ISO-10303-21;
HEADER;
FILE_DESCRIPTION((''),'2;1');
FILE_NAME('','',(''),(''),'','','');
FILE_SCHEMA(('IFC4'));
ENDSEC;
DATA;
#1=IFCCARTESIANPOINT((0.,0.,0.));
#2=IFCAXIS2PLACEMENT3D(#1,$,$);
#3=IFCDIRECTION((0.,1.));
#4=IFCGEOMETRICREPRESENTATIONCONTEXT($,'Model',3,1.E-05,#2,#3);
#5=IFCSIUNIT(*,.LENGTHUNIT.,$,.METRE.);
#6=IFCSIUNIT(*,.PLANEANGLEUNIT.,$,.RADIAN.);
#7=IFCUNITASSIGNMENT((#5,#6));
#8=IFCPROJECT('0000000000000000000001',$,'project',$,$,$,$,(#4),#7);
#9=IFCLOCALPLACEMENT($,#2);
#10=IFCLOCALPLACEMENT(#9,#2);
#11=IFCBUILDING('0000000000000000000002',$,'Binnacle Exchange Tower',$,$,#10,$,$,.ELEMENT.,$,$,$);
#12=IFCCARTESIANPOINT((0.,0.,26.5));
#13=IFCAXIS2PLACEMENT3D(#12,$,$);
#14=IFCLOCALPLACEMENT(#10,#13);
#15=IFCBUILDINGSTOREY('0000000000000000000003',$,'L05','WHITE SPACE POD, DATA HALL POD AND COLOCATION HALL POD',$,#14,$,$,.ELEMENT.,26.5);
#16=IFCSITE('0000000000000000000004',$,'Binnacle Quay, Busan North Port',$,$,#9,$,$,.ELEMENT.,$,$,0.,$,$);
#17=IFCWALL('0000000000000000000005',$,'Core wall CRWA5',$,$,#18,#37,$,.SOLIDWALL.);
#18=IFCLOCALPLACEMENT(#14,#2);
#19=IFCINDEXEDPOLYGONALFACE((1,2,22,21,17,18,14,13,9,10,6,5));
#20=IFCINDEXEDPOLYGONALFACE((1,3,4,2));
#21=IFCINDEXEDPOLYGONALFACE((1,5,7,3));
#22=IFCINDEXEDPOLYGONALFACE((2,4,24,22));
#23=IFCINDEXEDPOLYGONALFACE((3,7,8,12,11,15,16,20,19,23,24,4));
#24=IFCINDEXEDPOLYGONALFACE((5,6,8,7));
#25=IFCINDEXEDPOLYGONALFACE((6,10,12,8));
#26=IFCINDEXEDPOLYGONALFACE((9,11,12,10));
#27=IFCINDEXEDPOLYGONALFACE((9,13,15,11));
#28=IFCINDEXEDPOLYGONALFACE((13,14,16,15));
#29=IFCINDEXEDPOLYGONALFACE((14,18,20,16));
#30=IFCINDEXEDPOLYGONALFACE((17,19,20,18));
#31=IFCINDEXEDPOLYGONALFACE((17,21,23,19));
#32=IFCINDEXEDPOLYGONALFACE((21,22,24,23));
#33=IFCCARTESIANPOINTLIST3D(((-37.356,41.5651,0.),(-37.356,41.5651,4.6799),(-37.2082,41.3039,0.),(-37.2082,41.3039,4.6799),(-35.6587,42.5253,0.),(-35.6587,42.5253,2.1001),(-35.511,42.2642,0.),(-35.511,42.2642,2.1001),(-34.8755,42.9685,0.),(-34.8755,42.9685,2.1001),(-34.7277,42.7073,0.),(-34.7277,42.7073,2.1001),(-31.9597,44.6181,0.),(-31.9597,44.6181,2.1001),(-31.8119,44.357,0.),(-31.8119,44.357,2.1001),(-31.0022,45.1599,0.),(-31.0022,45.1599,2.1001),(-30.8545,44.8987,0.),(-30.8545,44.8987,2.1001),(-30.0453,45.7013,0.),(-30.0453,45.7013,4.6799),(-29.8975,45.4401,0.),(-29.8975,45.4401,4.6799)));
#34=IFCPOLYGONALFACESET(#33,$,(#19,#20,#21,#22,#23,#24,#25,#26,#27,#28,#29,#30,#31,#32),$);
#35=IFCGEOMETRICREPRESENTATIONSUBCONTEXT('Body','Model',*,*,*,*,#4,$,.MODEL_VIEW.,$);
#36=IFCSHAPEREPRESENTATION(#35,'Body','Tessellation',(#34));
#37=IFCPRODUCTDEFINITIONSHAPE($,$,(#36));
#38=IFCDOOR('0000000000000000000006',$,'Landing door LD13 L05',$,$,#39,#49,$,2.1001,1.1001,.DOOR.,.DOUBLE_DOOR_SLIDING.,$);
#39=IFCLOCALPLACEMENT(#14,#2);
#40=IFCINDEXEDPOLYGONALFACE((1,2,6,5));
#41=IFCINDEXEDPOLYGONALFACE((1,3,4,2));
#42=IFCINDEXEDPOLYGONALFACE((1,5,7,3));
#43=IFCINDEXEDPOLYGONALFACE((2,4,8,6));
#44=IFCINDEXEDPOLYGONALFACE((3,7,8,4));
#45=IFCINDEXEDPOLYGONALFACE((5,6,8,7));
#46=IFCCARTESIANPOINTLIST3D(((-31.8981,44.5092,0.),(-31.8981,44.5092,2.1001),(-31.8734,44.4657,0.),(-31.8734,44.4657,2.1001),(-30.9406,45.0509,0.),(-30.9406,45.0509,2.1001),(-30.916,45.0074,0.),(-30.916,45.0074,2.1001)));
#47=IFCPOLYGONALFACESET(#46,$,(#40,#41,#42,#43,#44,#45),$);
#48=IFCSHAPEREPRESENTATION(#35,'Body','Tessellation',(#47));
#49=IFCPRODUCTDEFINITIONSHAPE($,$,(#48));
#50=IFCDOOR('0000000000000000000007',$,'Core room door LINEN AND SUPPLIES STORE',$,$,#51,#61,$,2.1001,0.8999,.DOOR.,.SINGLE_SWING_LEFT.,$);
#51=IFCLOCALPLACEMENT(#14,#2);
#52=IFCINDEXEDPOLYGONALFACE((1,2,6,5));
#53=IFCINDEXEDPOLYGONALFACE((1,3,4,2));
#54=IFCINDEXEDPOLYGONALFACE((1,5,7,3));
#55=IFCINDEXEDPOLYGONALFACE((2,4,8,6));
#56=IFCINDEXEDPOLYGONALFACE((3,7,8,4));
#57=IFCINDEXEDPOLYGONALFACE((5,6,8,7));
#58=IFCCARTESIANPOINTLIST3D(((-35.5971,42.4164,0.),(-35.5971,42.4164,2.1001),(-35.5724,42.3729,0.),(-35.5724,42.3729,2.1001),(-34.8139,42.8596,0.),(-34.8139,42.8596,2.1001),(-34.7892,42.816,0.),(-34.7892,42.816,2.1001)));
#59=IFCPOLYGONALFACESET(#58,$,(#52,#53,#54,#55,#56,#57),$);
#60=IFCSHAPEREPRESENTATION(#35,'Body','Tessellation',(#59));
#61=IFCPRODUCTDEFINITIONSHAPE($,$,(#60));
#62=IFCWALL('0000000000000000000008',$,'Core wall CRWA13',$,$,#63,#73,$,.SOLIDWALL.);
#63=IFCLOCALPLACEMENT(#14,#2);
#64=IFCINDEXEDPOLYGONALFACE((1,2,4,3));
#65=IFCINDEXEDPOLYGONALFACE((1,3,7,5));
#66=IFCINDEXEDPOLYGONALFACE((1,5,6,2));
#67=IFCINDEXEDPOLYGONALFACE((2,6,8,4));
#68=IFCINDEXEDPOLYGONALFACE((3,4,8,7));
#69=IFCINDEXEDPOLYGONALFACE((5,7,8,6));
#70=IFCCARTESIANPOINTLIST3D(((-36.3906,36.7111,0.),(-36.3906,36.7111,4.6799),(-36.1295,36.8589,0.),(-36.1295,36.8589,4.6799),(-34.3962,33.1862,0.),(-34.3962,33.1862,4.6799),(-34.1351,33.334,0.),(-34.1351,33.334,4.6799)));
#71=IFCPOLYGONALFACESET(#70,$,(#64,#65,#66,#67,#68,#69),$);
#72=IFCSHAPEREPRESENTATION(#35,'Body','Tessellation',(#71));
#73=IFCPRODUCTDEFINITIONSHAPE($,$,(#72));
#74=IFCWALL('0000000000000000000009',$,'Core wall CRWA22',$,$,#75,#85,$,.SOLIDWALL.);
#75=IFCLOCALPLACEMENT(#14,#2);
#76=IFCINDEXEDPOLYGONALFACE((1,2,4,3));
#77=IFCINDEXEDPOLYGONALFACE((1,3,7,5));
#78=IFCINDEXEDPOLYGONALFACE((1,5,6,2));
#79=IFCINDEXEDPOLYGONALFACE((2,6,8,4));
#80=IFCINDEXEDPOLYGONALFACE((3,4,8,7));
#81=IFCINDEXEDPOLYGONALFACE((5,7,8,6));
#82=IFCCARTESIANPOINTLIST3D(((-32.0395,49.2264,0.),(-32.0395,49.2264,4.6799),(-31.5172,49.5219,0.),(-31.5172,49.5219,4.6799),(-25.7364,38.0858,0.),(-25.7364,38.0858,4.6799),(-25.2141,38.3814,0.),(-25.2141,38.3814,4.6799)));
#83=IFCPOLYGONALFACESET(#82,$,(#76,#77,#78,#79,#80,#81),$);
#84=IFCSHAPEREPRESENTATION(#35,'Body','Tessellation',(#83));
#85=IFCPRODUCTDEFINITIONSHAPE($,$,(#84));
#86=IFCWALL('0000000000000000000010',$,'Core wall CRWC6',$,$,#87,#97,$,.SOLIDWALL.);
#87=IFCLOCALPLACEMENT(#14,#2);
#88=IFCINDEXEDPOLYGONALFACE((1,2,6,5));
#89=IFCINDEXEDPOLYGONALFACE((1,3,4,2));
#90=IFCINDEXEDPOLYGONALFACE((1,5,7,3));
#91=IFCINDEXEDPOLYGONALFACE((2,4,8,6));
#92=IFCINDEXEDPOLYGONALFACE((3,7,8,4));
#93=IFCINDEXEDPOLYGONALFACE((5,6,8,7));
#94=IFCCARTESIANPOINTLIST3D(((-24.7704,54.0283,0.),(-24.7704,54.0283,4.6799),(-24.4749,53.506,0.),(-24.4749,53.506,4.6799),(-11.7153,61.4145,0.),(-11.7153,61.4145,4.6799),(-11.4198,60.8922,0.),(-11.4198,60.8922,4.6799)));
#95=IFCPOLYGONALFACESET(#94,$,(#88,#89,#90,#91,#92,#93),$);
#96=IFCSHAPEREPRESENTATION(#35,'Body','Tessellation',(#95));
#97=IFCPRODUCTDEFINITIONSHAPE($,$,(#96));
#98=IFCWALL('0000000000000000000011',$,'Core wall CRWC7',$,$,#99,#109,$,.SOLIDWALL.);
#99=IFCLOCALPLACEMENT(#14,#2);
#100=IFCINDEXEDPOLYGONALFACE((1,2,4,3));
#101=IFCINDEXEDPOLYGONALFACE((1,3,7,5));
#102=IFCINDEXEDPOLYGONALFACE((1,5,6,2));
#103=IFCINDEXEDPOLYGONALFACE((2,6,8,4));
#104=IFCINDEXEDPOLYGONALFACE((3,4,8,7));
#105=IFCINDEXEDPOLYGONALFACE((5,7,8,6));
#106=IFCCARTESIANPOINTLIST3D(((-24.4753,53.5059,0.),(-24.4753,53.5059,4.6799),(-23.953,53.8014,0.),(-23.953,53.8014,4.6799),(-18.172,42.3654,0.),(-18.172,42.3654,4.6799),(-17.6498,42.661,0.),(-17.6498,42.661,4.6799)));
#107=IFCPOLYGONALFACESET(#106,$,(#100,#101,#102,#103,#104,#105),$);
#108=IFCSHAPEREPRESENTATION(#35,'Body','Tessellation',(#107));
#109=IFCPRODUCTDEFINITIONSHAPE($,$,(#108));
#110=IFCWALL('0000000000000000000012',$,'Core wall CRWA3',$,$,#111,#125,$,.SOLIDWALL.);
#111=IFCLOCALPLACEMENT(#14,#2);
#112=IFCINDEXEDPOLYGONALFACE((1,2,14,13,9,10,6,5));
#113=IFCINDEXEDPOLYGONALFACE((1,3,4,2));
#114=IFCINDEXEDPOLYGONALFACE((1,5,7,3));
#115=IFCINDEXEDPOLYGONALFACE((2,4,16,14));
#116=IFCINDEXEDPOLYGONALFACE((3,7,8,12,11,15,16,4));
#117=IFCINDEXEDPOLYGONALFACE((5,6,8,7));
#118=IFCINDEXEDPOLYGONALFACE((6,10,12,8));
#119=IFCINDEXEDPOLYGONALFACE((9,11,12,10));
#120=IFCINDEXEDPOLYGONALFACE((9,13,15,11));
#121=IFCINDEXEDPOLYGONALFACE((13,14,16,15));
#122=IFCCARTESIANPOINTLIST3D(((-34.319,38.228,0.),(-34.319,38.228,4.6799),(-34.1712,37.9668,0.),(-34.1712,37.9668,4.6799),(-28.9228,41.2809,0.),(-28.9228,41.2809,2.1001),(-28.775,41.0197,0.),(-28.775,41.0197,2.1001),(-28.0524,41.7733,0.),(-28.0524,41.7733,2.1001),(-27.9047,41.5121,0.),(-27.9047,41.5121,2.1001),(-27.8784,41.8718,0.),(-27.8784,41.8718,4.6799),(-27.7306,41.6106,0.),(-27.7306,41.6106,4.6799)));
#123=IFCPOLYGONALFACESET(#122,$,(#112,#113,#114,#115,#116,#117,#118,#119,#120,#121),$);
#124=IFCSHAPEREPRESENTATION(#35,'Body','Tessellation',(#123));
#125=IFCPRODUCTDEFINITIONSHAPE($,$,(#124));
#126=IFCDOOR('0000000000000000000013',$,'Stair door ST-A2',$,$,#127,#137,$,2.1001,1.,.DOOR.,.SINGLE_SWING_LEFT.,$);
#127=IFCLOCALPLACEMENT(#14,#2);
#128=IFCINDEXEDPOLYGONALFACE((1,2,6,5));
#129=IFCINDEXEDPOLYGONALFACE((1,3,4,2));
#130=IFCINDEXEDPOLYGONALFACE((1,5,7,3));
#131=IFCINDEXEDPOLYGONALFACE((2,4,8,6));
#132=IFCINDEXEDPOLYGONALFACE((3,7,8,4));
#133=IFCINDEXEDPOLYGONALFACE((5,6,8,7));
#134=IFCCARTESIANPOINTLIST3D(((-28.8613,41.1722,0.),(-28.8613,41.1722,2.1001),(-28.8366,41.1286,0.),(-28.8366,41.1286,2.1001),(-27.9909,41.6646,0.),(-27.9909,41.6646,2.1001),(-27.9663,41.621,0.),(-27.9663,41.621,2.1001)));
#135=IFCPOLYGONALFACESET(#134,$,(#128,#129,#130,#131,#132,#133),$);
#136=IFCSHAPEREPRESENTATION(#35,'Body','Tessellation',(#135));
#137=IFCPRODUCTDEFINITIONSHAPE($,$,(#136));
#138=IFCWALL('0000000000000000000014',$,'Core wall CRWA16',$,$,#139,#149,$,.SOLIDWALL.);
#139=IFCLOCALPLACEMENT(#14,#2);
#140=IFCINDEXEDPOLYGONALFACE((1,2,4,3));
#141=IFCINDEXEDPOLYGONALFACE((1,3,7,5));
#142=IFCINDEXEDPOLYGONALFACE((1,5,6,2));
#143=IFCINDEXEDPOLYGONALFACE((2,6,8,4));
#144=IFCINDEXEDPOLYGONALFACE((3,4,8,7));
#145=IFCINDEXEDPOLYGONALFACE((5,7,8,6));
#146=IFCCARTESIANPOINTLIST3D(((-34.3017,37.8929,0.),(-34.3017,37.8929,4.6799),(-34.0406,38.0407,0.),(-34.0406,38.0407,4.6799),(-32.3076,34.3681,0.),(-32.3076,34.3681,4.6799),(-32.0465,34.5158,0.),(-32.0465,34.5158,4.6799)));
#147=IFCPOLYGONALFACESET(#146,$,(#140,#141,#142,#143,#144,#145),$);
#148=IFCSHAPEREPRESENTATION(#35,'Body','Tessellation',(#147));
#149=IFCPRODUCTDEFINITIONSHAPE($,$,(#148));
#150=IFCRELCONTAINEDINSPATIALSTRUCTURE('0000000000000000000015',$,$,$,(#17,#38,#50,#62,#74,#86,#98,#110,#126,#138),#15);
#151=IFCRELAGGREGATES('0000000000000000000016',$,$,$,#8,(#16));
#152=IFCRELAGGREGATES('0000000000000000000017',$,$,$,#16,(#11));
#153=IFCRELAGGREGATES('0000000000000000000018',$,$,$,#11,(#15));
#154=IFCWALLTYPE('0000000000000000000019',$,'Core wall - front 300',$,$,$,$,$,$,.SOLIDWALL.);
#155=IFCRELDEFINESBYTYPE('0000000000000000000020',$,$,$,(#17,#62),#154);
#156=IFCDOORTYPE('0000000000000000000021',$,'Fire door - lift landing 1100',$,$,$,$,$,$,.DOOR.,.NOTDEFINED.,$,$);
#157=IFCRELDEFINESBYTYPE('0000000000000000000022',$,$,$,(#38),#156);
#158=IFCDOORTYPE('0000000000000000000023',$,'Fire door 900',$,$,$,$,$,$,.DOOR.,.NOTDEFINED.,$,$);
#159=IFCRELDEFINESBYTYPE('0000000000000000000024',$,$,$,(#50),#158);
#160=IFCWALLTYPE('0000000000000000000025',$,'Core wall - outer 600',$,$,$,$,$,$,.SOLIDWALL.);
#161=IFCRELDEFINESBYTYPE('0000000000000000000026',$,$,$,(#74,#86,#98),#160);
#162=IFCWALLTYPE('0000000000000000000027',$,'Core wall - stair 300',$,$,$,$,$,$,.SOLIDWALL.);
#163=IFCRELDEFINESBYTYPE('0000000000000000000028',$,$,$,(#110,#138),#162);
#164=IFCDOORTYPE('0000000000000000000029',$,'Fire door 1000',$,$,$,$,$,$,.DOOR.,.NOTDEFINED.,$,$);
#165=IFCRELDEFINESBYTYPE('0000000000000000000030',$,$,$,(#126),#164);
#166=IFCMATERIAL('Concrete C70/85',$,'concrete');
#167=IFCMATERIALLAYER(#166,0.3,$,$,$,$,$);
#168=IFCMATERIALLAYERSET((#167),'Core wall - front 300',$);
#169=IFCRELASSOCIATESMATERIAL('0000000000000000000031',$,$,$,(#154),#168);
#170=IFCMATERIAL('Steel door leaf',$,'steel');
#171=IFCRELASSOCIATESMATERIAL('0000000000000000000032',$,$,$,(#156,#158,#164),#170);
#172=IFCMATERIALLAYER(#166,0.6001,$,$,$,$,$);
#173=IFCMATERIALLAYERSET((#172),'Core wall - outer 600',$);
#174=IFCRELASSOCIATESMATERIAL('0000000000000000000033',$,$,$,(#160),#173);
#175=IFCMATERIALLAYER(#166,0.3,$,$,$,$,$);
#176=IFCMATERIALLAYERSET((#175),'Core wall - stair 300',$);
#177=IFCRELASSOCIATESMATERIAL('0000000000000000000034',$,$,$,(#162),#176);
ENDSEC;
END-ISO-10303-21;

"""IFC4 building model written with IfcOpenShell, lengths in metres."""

from ifc_helpers import new_model, si_unit, direction, frame, frame_2d, origin, place, context, subcontext, project, spatial, rectangle, extrude, material, layer, layer_set, type_object, element, fill, save


model = new_model("IFC4")

# Units and contexts
model_context = context("Model", 3, precision=1e-05, world=origin(), true_north=direction((0.0, 1.0)))
body_context = subcontext(model_context, "Body", "Model", "MODEL_VIEW")
ifc_project = project(units=[si_unit("LENGTHUNIT", "METRE"), si_unit("PLANEANGLEUNIT", "RADIAN")], contexts=[model_context])

# Site, building, storey
site_placement = place(None, origin())
site = spatial("IfcSite", under=ifc_project, at=site_placement, Name="Binnacle Quay, Busan North Port", CompositionType="ELEMENT", RefElevation=0.0)
building_placement = place(site_placement, origin())
building = spatial("IfcBuilding", under=site, at=building_placement, Name="Binnacle Exchange Tower", CompositionType="ELEMENT")
storey_placement = place(building_placement, frame((0.0, 0.0, 26.5)))
storey = spatial("IfcBuildingStorey", under=building, at=storey_placement, Name="L05", Description="WHITE SPACE POD, DATA HALL POD AND COLOCATION HALL POD", CompositionType="ELEMENT", Elevation=26.5)

# Shared definitions
ifc_material_1 = material(Name="Concrete C70/85", Category="concrete")

# Wall, openings, doors
ifc_layer_1 = layer(ifc_material_1, 0.3)
ifc_layer_set_1 = layer_set([ifc_layer_1], Name="Core wall - front 300")
wall_type_1 = type_object("IfcWallType", Name="Core wall - front 300", PredefinedType="SOLIDWALL", material=ifc_layer_set_1)
wall_1_placement = place(storey_placement, frame((-37.282, 41.4346, 0.0), z_axis=(0.0, 0.0, 1.0), x_axis=(0.870357, 0.492422, 0.0)))
wall_1 = element("IfcWall", 1, at=wall_1_placement, inside=storey, type_object=wall_type_1, Name="Core wall CRWA5", PredefinedType="SOLIDWALL", context=body_context, shape_type="SweptSolid", body=[
    extrude(rectangle(XDim=8.3997, YDim=0.3, at=frame_2d((4.1997, 0.0))), origin(), (0.0, 0.0, 1.0), 4.6799),
])
opening_1_placement = place(wall_1_placement, frame((6.2, 0.0, 0.0)))
opening_1 = element("IfcOpeningElement", 2, at=opening_1_placement, cuts=wall_1, PredefinedType="OPENING", context=body_context, shape_type="SweptSolid", body=[
    extrude(rectangle(XDim=1.1001, YDim=2.1001, at=frame_2d((0.55, 1.05))), frame((0.0, 0.1599, 0.0), z_axis=(0.0, -1.0, 0.0), x_axis=(1.0, 0.0, 0.0)), (0.0, 0.0, 1.0), 0.3201),
])
opening_2_placement = place(wall_1_placement, frame((1.95, 0.0, 0.0)))
opening_2 = element("IfcOpeningElement", 3, at=opening_2_placement, cuts=wall_1, PredefinedType="OPENING", context=body_context, shape_type="SweptSolid", body=[
    extrude(rectangle(XDim=0.8999, YDim=2.1001, at=frame_2d((0.45, 1.05))), frame((0.0, 0.1599, 0.0), z_axis=(0.0, -1.0, 0.0), x_axis=(1.0, 0.0, 0.0)), (0.0, 0.0, 1.0), 0.3201),
])
ifc_material_2 = material(Name="Steel door leaf", Category="steel")
door_type_1 = type_object("IfcDoorType", Name="Fire door - lift landing 1100", OperationType="NOTDEFINED", PredefinedType="DOOR", material=ifc_material_2)
door_1_placement = place(opening_1_placement, origin())
door_1 = element("IfcDoor", 4, at=door_1_placement, inside=storey, type_object=door_type_1, Name="Landing door LD13 L05", OperationType="DOUBLE_DOOR_SLIDING", OverallHeight=2.1001, OverallWidth=1.1001, PredefinedType="DOOR", context=body_context, shape_type="SweptSolid", body=[
    extrude(rectangle(XDim=1.1001, YDim=2.1001, at=frame_2d((0.55, 1.05))), frame((0.0, 0.0249, 0.0), z_axis=(0.0, -1.0, 0.0), x_axis=(1.0, 0.0, 0.0)), (0.0, 0.0, 1.0), 0.05),
])
fill(opening_1, door_1)
door_type_2 = type_object("IfcDoorType", Name="Fire door 900", OperationType="NOTDEFINED", PredefinedType="DOOR", material=ifc_material_2)
door_2_placement = place(opening_2_placement, origin())
door_2 = element("IfcDoor", 5, at=door_2_placement, inside=storey, type_object=door_type_2, Name="Core room door LINEN AND SUPPLIES STORE", OperationType="SINGLE_SWING_LEFT", OverallHeight=2.1001, OverallWidth=0.8999, PredefinedType="DOOR", context=body_context, shape_type="SweptSolid", body=[
    extrude(rectangle(XDim=0.8999, YDim=2.1001, at=frame_2d((0.45, 1.05))), frame((0.0, 0.0249, 0.0), z_axis=(0.0, -1.0, 0.0), x_axis=(1.0, 0.0, 0.0)), (0.0, 0.0, 1.0), 0.05),
])
fill(opening_2, door_2)

# Walls
wall_2_placement = place(storey_placement, frame((-36.26, 36.7849, 0.0), z_axis=(0.0, 0.0, 1.0), x_axis=(0.492441, -0.870346, 0.0)))
element("IfcWall", 6, at=wall_2_placement, inside=storey, type_object=wall_type_1, Name="Core wall CRWA13", PredefinedType="SOLIDWALL", context=body_context, shape_type="SweptSolid", body=[
    extrude(rectangle(XDim=4.05, YDim=0.3, at=frame_2d((2.0249, 0.0))), origin(), (0.0, 0.0, 1.0), 4.6799),
])
ifc_layer_2 = layer(ifc_material_1, 0.6001)
ifc_layer_set_2 = layer_set([ifc_layer_2], Name="Core wall - outer 600")
wall_type_2 = type_object("IfcWallType", Name="Core wall - outer 600", PredefinedType="SOLIDWALL", material=ifc_layer_set_2)
wall_3_placement = place(storey_placement, frame((-31.7783, 49.374, 0.0), z_axis=(0.0, 0.0, 1.0), x_axis=(0.492433, -0.87035, 0.0)))
element("IfcWall", 7, at=wall_3_placement, inside=storey, type_object=wall_type_2, Name="Core wall CRWA22", PredefinedType="SOLIDWALL", context=body_context, shape_type="SweptSolid", body=[
    extrude(rectangle(XDim=12.8, YDim=0.6001, at=frame_2d((6.3999, 0.0))), origin(), (0.0, 0.0, 1.0), 4.6799),
])
wall_4_placement = place(storey_placement, frame((-24.6228, 53.7671, 0.0), z_axis=(0.0, 0.0, 1.0), x_axis=(0.870357, 0.492422, 0.0)))
element("IfcWall", 8, at=wall_4_placement, inside=storey, type_object=wall_type_2, Name="Core wall CRWC6", PredefinedType="SOLIDWALL", context=body_context, shape_type="SweptSolid", body=[
    extrude(rectangle(XDim=14.9998, YDim=0.6001, at=frame_2d((7.5, 0.0))), origin(), (0.0, 0.0, 1.0), 4.6799),
])
wall_5_placement = place(storey_placement, frame((-24.2141, 53.6536, 0.0), z_axis=(0.0, 0.0, 1.0), x_axis=(0.492441, -0.870346, 0.0)))
element("IfcWall", 9, at=wall_5_placement, inside=storey, type_object=wall_type_2, Name="Core wall CRWC7", PredefinedType="SOLIDWALL", context=body_context, shape_type="SweptSolid", body=[
    extrude(rectangle(XDim=12.8, YDim=0.6001, at=frame_2d((6.3999, 0.0))), origin(), (0.0, 0.0, 1.0), 4.6799),
])

# Wall, opening, door
ifc_layer_3 = layer(ifc_material_1, 0.3)
ifc_layer_set_3 = layer_set([ifc_layer_3], Name="Core wall - stair 300")
wall_type_3 = type_object("IfcWallType", Name="Core wall - stair 300", PredefinedType="SOLIDWALL", material=ifc_layer_set_3)
wall_6_placement = place(storey_placement, frame((-34.2451, 38.0974, 0.0), z_axis=(0.0, 0.0, 1.0), x_axis=(0.870365, 0.492407, 0.0)))
wall_6 = element("IfcWall", 10, at=wall_6_placement, inside=storey, type_object=wall_type_3, Name="Core wall CRWA3", PredefinedType="SOLIDWALL", context=body_context, shape_type="SweptSolid", body=[
    extrude(rectangle(XDim=7.3999, YDim=0.3, at=frame_2d((3.7, 0.0))), origin(), (0.0, 0.0, 1.0), 4.6799),
])
opening_3_placement = place(wall_6_placement, frame((6.2, 0.0, 0.0)))
opening_3 = element("IfcOpeningElement", 11, at=opening_3_placement, cuts=wall_6, PredefinedType="OPENING", context=body_context, shape_type="SweptSolid", body=[
    extrude(rectangle(XDim=1.0, YDim=2.1001, at=frame_2d((0.5, 1.05))), frame((0.0, 0.1599, 0.0), z_axis=(0.0, -1.0, 0.0), x_axis=(1.0, 0.0, 0.0)), (0.0, 0.0, 1.0), 0.3201),
])
door_type_3 = type_object("IfcDoorType", Name="Fire door 1000", OperationType="NOTDEFINED", PredefinedType="DOOR", material=ifc_material_2)
door_3_placement = place(opening_3_placement, frame((1.0, 0.0, 0.0), z_axis=(0.0, 0.0, 1.0), x_axis=(-1.0, 0.0, 0.0)))
door_3 = element("IfcDoor", 12, at=door_3_placement, inside=storey, type_object=door_type_3, Name="Stair door ST-A2", OperationType="SINGLE_SWING_LEFT", OverallHeight=2.1001, OverallWidth=1.0, PredefinedType="DOOR", context=body_context, shape_type="SweptSolid", body=[
    extrude(rectangle(XDim=1.0, YDim=2.1001, at=frame_2d((0.5, 1.05))), frame((0.0, 0.0249, 0.0), z_axis=(0.0, -1.0, 0.0), x_axis=(1.0, 0.0, 0.0)), (0.0, 0.0, 1.0), 0.05),
])
fill(opening_3, door_3)

# Wall
wall_7_placement = place(storey_placement, frame((-34.1711, 37.9668, 0.0), z_axis=(0.0, 0.0, 1.0), x_axis=(0.492395, -0.870372, 0.0)))
element("IfcWall", 13, at=wall_7_placement, inside=storey, type_object=wall_type_3, Name="Core wall CRWA16", PredefinedType="SOLIDWALL", context=body_context, shape_type="SweptSolid", body=[
    extrude(rectangle(XDim=4.0498, YDim=0.3, at=frame_2d((2.0249, 0.0))), origin(), (0.0, 0.0, 1.0), 4.6799),
])

save(model, "model.ifc")
